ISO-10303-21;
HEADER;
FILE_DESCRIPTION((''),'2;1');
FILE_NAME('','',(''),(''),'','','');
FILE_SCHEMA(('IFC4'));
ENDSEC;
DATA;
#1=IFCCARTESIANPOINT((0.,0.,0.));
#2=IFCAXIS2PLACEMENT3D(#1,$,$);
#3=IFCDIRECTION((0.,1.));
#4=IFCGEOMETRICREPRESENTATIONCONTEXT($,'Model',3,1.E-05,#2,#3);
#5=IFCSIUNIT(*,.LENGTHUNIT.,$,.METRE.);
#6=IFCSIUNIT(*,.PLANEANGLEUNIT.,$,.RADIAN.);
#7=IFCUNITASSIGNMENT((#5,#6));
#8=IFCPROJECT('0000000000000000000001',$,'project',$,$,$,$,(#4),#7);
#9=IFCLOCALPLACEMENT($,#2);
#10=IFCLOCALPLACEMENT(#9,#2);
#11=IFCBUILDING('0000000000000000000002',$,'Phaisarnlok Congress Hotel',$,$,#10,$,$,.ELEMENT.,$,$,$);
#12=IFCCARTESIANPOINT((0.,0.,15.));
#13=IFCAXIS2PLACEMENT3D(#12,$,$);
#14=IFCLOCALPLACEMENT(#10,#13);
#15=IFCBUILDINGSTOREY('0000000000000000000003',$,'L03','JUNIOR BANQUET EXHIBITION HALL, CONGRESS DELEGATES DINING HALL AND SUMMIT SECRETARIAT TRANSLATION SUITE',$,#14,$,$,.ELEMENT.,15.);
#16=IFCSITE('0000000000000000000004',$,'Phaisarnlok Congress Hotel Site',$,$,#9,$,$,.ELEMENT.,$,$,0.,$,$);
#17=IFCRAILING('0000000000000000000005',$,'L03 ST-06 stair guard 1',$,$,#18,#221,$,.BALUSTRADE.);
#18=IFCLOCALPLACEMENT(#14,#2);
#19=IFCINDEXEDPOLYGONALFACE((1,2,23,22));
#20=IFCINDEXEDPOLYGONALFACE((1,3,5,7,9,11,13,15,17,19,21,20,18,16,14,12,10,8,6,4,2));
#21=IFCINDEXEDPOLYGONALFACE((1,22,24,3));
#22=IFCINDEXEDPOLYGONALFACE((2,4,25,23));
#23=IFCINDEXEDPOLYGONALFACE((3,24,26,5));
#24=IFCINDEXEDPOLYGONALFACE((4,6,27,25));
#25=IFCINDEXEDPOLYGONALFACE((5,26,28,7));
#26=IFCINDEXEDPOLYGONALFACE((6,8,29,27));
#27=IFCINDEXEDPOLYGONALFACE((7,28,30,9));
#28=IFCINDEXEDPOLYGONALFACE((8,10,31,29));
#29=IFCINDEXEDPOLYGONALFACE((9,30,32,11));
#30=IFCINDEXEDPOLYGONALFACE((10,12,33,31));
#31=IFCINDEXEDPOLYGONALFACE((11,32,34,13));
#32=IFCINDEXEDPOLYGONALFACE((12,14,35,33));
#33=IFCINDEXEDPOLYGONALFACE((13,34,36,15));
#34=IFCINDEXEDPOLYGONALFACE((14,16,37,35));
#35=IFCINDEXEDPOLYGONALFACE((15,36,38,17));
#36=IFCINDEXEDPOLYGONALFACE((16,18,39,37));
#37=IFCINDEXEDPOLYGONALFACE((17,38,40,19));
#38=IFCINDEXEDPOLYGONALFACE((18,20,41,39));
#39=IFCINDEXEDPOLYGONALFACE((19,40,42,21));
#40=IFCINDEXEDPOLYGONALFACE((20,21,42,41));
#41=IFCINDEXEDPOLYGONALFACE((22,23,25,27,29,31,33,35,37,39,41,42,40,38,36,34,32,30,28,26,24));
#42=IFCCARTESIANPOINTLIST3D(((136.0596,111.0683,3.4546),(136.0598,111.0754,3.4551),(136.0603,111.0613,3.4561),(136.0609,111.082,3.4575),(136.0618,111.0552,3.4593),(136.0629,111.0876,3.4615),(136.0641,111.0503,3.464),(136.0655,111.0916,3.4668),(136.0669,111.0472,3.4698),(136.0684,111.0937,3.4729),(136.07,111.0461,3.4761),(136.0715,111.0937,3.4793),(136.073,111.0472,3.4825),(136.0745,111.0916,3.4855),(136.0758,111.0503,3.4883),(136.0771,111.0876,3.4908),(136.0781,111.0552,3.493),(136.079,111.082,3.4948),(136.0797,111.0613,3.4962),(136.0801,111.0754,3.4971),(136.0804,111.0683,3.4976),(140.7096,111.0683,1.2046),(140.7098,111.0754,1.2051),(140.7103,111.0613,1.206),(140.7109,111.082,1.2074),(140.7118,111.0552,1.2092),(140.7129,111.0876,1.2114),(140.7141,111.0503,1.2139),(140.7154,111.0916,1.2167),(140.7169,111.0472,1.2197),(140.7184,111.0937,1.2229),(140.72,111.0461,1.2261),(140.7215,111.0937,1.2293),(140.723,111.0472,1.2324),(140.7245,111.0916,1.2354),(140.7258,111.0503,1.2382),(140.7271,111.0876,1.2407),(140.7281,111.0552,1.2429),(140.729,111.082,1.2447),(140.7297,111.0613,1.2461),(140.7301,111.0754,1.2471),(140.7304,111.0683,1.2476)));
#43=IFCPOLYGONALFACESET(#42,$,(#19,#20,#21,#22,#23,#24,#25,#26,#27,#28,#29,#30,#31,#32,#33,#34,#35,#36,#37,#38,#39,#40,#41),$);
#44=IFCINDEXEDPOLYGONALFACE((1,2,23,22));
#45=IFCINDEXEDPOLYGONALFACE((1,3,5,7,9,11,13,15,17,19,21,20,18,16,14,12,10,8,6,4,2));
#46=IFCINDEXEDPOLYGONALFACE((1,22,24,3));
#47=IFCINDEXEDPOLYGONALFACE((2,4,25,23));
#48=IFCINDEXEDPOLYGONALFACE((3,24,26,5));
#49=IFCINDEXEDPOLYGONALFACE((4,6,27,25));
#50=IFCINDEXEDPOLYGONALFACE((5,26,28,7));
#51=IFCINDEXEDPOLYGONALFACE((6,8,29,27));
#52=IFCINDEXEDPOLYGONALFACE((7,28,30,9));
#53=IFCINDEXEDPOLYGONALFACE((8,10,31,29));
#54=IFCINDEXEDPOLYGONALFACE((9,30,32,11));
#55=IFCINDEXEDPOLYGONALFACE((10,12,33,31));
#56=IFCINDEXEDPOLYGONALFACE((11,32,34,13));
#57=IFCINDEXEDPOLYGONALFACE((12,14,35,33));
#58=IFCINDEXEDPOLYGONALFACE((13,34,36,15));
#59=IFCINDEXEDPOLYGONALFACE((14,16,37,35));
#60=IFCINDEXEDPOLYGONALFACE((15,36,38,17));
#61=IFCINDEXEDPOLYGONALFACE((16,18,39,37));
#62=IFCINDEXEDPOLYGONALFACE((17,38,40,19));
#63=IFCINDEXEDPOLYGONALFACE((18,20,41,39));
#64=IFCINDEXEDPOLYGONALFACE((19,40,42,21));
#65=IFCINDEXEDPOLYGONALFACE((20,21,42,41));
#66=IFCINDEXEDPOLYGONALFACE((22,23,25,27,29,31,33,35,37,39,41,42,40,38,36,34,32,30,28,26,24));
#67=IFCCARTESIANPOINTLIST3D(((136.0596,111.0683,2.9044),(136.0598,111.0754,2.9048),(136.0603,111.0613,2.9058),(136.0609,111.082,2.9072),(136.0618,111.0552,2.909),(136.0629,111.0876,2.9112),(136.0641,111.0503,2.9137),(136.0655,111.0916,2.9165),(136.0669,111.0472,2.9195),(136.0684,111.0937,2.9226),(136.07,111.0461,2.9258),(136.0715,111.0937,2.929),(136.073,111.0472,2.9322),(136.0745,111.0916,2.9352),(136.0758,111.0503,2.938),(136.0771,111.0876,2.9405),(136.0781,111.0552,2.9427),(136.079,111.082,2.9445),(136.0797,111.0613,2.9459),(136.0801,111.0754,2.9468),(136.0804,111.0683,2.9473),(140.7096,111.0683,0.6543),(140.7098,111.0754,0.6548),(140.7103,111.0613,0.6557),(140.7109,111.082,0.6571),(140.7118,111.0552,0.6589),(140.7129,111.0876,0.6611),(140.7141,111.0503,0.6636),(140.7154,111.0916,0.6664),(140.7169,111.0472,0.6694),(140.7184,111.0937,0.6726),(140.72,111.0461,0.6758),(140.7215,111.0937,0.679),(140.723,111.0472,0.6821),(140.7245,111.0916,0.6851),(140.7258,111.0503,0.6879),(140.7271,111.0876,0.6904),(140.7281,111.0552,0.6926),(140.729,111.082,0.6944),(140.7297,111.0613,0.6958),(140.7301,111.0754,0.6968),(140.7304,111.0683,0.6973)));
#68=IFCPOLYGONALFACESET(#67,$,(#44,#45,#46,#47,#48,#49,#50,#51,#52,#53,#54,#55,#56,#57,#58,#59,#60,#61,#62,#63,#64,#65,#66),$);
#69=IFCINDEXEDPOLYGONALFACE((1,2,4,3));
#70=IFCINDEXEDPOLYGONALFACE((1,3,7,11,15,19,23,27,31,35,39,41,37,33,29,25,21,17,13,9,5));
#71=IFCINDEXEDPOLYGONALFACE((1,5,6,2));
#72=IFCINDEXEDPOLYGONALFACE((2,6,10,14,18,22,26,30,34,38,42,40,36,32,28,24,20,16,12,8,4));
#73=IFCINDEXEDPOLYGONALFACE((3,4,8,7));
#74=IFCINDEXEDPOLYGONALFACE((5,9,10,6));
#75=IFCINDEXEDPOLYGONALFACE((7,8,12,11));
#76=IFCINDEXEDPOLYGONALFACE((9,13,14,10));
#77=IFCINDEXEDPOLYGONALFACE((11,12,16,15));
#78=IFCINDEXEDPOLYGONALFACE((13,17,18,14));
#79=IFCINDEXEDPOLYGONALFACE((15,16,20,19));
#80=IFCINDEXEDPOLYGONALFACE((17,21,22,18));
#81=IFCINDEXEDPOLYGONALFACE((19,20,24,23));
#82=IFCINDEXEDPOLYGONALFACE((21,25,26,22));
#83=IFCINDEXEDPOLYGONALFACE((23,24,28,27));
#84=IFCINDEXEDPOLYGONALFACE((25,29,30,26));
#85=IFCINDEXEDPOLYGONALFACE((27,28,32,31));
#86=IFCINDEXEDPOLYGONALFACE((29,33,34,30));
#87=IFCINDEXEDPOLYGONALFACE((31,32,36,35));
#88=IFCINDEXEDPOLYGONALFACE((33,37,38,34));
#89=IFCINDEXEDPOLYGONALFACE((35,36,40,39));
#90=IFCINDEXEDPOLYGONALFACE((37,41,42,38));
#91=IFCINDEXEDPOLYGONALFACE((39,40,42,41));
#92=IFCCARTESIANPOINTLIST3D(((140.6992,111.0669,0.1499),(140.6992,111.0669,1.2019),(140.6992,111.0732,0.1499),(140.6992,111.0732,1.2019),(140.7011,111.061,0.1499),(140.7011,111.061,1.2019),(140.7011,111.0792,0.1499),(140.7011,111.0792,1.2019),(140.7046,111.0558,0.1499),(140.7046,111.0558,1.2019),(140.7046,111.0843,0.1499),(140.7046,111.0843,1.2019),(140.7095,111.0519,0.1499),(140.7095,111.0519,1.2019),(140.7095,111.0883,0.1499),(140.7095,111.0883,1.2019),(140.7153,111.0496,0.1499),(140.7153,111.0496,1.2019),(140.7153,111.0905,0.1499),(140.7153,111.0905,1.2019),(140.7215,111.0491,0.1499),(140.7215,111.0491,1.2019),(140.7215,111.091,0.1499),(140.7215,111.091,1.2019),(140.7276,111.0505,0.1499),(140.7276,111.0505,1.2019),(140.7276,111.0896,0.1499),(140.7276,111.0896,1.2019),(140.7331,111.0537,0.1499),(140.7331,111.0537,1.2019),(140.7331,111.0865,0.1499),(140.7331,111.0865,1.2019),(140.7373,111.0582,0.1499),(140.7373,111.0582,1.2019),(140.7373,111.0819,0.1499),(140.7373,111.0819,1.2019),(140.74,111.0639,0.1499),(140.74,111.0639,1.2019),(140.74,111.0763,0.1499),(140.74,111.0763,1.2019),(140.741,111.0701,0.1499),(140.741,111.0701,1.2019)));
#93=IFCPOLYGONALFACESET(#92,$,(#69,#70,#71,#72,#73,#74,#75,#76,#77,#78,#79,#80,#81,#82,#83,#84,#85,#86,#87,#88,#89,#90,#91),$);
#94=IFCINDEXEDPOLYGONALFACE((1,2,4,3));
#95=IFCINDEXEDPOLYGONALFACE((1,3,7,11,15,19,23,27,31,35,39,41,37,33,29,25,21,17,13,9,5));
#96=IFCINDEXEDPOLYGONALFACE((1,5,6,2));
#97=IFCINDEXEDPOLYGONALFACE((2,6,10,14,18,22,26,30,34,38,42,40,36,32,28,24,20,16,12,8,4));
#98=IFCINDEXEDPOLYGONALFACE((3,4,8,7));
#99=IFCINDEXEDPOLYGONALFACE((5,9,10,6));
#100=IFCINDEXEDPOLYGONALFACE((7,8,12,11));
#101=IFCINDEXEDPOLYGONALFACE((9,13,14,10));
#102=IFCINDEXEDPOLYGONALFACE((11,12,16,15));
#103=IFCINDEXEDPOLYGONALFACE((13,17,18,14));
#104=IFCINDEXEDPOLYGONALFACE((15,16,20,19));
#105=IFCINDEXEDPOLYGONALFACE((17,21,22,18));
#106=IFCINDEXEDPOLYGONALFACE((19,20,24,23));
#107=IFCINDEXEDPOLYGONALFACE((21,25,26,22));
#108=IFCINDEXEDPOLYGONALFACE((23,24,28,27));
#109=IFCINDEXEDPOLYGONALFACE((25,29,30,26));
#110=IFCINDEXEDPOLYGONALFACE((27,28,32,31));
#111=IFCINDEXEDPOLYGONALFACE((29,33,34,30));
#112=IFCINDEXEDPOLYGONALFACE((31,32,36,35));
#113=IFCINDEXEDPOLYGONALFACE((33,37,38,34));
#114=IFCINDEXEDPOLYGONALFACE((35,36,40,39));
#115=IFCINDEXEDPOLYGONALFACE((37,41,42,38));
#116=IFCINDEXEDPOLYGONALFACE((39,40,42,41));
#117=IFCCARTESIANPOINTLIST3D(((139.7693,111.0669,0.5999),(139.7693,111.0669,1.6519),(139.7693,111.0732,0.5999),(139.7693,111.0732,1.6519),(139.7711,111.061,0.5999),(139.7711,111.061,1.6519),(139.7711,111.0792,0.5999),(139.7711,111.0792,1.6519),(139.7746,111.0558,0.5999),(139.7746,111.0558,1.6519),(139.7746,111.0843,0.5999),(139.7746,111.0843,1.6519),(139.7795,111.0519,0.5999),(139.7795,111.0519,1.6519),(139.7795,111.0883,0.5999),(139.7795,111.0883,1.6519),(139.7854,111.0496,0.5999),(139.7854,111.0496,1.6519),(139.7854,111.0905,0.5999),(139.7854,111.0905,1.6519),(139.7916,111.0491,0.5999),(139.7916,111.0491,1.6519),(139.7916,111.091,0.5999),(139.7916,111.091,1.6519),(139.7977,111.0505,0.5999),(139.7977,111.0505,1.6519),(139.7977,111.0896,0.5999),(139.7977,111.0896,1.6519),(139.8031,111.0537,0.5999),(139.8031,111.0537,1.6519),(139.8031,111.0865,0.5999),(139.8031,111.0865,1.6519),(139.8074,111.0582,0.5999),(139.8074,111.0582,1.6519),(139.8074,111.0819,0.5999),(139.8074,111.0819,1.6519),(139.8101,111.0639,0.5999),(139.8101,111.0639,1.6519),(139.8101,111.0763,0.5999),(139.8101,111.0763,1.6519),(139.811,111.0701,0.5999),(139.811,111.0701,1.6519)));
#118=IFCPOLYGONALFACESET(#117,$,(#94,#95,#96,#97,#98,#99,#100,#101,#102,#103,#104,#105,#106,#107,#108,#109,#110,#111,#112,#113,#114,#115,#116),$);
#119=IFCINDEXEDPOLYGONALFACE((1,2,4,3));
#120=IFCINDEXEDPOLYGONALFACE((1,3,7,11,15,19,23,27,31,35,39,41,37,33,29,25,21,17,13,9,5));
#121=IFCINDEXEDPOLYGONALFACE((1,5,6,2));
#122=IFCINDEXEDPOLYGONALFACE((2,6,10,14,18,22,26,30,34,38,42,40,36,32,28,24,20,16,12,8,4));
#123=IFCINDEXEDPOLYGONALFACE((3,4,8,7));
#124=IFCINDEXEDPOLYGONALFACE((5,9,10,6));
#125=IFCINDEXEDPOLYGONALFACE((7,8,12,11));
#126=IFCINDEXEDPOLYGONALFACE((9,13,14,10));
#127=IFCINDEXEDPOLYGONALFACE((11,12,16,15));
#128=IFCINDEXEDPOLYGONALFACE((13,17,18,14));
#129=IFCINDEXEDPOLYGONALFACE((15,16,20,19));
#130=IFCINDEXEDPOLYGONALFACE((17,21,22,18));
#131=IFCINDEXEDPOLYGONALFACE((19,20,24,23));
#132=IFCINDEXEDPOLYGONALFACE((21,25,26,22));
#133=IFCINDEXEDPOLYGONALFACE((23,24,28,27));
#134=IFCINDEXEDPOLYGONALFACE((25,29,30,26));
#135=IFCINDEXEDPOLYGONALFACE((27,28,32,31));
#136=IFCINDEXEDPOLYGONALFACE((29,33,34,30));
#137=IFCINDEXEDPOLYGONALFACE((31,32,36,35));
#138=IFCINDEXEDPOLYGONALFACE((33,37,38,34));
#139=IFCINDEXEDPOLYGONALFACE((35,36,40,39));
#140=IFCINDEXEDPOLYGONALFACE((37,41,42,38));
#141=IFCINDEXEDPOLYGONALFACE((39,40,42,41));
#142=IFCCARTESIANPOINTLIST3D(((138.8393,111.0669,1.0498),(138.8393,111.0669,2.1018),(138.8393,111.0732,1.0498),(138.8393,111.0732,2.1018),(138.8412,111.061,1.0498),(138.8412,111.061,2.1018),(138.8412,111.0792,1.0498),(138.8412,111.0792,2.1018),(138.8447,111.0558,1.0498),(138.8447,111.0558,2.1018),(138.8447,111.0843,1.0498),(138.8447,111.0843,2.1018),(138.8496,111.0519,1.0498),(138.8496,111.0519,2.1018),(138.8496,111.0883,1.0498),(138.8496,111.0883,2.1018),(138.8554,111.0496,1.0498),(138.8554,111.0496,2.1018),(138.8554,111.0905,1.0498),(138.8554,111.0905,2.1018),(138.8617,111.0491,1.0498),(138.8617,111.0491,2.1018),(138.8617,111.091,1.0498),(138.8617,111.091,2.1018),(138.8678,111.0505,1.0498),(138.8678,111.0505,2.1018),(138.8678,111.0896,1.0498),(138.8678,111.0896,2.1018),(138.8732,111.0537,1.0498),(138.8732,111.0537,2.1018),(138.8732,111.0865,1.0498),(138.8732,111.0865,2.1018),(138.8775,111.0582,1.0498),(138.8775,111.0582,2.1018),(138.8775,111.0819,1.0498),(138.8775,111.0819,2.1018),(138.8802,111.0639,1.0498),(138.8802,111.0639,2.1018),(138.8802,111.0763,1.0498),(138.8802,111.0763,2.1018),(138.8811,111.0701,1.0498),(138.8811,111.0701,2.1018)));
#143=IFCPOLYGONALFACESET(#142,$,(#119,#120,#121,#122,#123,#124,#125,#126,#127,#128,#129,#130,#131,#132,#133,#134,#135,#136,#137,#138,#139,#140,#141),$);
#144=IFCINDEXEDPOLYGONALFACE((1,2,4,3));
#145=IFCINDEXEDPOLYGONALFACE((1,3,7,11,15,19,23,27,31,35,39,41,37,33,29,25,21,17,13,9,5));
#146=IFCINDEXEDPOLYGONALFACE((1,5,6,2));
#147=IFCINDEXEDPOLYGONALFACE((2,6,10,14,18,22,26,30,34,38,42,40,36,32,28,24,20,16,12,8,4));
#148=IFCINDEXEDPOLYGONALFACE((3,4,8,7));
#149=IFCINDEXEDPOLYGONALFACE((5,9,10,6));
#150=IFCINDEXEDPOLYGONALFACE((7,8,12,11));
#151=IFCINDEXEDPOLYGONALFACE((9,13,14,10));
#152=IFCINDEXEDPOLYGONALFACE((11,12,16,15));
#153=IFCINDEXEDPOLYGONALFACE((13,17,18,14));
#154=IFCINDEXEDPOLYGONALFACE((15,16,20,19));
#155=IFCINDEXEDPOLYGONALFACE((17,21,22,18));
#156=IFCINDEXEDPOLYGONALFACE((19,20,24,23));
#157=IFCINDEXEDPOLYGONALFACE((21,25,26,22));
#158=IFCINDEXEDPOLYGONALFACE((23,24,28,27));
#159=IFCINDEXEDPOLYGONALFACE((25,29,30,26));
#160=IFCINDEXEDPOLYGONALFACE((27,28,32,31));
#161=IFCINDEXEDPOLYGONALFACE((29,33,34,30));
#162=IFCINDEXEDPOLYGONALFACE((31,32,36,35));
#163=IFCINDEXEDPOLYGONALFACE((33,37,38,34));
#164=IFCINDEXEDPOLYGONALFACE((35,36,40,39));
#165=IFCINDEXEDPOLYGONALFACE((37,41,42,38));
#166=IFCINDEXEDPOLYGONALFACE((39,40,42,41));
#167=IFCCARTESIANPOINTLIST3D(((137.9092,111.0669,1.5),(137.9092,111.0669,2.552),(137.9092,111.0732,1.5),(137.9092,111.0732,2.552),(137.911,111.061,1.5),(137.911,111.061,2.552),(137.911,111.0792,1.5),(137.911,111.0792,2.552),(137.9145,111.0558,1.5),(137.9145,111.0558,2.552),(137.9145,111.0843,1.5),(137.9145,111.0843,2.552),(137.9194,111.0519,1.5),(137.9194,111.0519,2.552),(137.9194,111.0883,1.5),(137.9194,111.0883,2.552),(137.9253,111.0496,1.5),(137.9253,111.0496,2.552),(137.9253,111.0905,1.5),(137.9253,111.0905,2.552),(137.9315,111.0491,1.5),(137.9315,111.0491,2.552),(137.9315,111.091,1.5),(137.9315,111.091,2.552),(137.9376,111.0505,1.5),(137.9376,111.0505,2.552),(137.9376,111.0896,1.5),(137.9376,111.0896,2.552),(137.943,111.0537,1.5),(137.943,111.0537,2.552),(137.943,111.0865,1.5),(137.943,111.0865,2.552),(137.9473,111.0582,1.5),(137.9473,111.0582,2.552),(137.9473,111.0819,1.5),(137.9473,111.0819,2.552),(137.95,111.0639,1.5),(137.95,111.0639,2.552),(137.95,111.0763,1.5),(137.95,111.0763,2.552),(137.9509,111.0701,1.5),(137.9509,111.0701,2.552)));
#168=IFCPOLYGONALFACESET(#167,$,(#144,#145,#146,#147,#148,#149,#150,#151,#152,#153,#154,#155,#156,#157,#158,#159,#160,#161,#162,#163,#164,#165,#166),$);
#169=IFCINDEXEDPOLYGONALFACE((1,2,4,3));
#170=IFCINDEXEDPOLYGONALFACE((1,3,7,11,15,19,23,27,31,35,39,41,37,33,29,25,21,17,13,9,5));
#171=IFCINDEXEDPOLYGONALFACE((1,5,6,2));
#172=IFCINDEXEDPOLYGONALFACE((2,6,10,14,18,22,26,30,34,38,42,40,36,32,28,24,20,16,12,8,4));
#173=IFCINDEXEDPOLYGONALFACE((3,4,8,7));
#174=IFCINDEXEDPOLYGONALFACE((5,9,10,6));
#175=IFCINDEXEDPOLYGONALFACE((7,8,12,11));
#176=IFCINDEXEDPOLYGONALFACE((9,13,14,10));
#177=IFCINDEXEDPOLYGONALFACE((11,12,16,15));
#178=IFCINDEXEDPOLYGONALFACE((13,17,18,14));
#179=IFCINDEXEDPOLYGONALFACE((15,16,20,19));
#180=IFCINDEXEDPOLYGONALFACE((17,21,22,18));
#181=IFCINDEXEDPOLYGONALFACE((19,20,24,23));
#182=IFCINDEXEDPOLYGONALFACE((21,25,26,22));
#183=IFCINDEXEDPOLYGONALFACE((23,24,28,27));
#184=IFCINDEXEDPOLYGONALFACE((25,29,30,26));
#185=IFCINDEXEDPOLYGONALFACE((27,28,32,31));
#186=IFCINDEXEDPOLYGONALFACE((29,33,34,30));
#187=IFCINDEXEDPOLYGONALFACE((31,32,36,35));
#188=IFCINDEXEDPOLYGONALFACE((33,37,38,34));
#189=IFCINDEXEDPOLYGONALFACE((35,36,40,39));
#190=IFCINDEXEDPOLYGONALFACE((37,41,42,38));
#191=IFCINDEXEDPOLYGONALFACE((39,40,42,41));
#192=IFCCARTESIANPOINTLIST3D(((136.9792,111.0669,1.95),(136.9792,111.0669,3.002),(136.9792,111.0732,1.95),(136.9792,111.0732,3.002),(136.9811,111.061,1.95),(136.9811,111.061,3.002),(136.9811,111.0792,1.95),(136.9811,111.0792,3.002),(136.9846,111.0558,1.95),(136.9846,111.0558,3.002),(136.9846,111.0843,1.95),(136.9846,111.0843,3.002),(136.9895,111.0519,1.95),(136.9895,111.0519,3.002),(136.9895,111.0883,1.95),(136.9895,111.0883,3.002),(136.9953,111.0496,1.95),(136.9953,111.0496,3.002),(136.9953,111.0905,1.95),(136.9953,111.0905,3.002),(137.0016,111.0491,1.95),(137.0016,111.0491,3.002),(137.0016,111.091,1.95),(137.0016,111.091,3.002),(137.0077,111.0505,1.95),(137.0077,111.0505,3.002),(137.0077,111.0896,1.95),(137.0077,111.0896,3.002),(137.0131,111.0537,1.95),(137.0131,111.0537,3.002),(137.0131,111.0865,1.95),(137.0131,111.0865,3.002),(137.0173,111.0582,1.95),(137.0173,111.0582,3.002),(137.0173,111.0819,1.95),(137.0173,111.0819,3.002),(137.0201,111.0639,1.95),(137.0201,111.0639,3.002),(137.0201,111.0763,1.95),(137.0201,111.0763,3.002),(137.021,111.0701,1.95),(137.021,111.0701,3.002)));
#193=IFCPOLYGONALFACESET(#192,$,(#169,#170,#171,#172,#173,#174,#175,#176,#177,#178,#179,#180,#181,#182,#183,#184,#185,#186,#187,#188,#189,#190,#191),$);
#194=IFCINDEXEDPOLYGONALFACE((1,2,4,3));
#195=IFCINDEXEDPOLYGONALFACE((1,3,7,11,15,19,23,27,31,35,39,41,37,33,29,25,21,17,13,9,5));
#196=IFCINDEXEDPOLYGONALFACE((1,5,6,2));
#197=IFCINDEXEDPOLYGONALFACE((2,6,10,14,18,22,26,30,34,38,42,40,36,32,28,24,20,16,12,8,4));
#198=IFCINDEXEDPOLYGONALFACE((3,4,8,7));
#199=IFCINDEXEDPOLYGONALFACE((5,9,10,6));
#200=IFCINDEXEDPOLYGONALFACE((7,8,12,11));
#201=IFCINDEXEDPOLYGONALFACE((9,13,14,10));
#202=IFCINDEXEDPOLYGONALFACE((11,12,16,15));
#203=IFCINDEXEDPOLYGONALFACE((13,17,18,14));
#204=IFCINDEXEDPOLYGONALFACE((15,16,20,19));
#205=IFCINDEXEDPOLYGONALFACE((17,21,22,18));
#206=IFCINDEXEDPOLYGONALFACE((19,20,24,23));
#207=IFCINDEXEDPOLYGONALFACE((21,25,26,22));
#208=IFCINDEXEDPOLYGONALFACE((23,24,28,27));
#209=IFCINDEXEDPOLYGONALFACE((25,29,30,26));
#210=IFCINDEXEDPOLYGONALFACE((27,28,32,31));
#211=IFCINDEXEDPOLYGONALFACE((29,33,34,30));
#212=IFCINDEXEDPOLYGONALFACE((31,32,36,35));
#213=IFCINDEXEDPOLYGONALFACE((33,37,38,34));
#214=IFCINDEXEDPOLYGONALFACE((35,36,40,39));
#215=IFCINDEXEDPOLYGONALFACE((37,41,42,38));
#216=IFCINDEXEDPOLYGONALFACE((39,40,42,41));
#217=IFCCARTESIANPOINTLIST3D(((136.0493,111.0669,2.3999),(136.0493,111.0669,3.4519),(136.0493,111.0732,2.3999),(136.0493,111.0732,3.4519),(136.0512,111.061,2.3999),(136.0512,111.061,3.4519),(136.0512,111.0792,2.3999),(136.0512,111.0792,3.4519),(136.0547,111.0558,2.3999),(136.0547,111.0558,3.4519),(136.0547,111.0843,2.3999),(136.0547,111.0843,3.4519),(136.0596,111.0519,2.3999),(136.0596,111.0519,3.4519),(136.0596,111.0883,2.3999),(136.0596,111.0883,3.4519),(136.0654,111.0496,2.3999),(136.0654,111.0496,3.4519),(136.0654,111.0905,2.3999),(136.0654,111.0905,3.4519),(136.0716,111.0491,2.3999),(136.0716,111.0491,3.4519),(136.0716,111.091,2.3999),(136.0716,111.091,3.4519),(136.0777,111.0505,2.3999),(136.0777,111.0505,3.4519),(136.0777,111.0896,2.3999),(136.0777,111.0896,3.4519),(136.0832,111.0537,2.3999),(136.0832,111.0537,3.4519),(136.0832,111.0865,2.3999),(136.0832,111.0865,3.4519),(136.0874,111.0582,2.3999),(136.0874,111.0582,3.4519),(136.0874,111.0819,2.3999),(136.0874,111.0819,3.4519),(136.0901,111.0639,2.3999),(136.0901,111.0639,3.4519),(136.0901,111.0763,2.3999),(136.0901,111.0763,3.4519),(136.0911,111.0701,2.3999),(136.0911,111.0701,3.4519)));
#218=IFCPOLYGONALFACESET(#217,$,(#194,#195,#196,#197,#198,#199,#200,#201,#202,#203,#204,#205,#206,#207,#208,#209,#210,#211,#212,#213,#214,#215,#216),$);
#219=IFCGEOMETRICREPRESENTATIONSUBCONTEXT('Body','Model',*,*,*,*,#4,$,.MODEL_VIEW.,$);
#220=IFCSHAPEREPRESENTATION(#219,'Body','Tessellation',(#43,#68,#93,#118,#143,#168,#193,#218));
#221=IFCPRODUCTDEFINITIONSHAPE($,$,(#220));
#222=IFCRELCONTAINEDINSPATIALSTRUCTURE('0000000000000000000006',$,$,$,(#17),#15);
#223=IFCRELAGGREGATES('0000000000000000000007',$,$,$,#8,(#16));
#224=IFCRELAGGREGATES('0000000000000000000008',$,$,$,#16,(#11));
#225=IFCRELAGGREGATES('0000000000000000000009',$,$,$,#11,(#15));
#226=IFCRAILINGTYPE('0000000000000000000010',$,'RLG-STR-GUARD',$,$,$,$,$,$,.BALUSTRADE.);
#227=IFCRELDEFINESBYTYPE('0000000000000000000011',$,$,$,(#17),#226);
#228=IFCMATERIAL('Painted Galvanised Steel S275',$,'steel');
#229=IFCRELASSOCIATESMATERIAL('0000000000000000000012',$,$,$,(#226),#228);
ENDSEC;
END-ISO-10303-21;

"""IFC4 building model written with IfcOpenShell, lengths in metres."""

from ifc_helpers import new_model, si_unit, direction, frame, origin, origin_2d, place, context, subcontext, project, spatial, circle, extrude, material, type_object, element, save


model = new_model("IFC4")

# Units and contexts
model_context = context("Model", 3, precision=1e-05, world=origin(), true_north=direction((0.0, 1.0)))
body_context = subcontext(model_context, "Body", "Model", "MODEL_VIEW")
ifc_project = project(units=[si_unit("LENGTHUNIT", "METRE"), si_unit("PLANEANGLEUNIT", "RADIAN")], contexts=[model_context])

# Site, building, storey
site_placement = place(None, origin())
site = spatial("IfcSite", under=ifc_project, at=site_placement, Name="Phaisarnlok Congress Hotel Site", CompositionType="ELEMENT", RefElevation=0.0)
building_placement = place(site_placement, origin())
building = spatial("IfcBuilding", under=site, at=building_placement, Name="Phaisarnlok Congress Hotel", CompositionType="ELEMENT")
storey_placement = place(building_placement, frame((0.0, 0.0, 15.0)))
storey = spatial("IfcBuildingStorey", under=building, at=storey_placement, Name="L03", Description="JUNIOR BANQUET EXHIBITION HALL, CONGRESS DELEGATES DINING HALL AND SUMMIT SECRETARIAT TRANSLATION SUITE", CompositionType="ELEMENT", Elevation=15.0)

# Railing
ifc_material_1 = material(Name="Painted Galvanised Steel S275", Category="steel")
railing_type_1 = type_object("IfcRailingType", Name="RLG-STR-GUARD", PredefinedType="BALUSTRADE", material=ifc_material_1)
railing_1_placement = place(storey_placement, frame((140.72, 111.0701, 0.1499)))
element("IfcRailing", 1, at=railing_1_placement, inside=storey, type_object=railing_type_1, Name="L03 ST-06 stair guard 1", PredefinedType="BALUSTRADE", context=body_context, shape_type="SweptSolid", body=[
    extrude(circle(Radius=0.0239, at=origin_2d()), frame((0.0, 0.0, 1.0762), z_axis=(-0.900156, 0.0, 0.435568), x_axis=(0.0, -1.0, 0.0)), (0.0, 0.0, 1.0), 5.1658),
    extrude(circle(Radius=0.0239, at=origin_2d()), frame((0.0, 0.0, 0.5259), z_axis=(-0.900156, 0.0, 0.435568), x_axis=(0.0, -1.0, 0.0)), (0.0, 0.0, 1.0), 5.1658),
    extrude(circle(Radius=0.021, at=origin_2d()), origin(), (0.0, 0.0, 1.0), 1.052),
    extrude(circle(Radius=0.021, at=origin_2d()), frame((-0.9299, 0.0, 0.45)), (0.0, 0.0, 1.0), 1.052),
    extrude(circle(Radius=0.021, at=origin_2d()), frame((-1.8599, 0.0, 0.8999)), (0.0, 0.0, 1.0), 1.052),
    extrude(circle(Radius=0.021, at=origin_2d()), frame((-2.79, 0.0, 1.3501)), (0.0, 0.0, 1.0), 1.052),
    extrude(circle(Radius=0.021, at=origin_2d()), frame((-3.72, 0.0, 1.8)), (0.0, 0.0, 1.0), 1.052),
    extrude(circle(Radius=0.021, at=origin_2d()), frame((-4.6499, 0.0, 2.25)), (0.0, 0.0, 1.0), 1.052),
])

save(model, "model.ifc")
